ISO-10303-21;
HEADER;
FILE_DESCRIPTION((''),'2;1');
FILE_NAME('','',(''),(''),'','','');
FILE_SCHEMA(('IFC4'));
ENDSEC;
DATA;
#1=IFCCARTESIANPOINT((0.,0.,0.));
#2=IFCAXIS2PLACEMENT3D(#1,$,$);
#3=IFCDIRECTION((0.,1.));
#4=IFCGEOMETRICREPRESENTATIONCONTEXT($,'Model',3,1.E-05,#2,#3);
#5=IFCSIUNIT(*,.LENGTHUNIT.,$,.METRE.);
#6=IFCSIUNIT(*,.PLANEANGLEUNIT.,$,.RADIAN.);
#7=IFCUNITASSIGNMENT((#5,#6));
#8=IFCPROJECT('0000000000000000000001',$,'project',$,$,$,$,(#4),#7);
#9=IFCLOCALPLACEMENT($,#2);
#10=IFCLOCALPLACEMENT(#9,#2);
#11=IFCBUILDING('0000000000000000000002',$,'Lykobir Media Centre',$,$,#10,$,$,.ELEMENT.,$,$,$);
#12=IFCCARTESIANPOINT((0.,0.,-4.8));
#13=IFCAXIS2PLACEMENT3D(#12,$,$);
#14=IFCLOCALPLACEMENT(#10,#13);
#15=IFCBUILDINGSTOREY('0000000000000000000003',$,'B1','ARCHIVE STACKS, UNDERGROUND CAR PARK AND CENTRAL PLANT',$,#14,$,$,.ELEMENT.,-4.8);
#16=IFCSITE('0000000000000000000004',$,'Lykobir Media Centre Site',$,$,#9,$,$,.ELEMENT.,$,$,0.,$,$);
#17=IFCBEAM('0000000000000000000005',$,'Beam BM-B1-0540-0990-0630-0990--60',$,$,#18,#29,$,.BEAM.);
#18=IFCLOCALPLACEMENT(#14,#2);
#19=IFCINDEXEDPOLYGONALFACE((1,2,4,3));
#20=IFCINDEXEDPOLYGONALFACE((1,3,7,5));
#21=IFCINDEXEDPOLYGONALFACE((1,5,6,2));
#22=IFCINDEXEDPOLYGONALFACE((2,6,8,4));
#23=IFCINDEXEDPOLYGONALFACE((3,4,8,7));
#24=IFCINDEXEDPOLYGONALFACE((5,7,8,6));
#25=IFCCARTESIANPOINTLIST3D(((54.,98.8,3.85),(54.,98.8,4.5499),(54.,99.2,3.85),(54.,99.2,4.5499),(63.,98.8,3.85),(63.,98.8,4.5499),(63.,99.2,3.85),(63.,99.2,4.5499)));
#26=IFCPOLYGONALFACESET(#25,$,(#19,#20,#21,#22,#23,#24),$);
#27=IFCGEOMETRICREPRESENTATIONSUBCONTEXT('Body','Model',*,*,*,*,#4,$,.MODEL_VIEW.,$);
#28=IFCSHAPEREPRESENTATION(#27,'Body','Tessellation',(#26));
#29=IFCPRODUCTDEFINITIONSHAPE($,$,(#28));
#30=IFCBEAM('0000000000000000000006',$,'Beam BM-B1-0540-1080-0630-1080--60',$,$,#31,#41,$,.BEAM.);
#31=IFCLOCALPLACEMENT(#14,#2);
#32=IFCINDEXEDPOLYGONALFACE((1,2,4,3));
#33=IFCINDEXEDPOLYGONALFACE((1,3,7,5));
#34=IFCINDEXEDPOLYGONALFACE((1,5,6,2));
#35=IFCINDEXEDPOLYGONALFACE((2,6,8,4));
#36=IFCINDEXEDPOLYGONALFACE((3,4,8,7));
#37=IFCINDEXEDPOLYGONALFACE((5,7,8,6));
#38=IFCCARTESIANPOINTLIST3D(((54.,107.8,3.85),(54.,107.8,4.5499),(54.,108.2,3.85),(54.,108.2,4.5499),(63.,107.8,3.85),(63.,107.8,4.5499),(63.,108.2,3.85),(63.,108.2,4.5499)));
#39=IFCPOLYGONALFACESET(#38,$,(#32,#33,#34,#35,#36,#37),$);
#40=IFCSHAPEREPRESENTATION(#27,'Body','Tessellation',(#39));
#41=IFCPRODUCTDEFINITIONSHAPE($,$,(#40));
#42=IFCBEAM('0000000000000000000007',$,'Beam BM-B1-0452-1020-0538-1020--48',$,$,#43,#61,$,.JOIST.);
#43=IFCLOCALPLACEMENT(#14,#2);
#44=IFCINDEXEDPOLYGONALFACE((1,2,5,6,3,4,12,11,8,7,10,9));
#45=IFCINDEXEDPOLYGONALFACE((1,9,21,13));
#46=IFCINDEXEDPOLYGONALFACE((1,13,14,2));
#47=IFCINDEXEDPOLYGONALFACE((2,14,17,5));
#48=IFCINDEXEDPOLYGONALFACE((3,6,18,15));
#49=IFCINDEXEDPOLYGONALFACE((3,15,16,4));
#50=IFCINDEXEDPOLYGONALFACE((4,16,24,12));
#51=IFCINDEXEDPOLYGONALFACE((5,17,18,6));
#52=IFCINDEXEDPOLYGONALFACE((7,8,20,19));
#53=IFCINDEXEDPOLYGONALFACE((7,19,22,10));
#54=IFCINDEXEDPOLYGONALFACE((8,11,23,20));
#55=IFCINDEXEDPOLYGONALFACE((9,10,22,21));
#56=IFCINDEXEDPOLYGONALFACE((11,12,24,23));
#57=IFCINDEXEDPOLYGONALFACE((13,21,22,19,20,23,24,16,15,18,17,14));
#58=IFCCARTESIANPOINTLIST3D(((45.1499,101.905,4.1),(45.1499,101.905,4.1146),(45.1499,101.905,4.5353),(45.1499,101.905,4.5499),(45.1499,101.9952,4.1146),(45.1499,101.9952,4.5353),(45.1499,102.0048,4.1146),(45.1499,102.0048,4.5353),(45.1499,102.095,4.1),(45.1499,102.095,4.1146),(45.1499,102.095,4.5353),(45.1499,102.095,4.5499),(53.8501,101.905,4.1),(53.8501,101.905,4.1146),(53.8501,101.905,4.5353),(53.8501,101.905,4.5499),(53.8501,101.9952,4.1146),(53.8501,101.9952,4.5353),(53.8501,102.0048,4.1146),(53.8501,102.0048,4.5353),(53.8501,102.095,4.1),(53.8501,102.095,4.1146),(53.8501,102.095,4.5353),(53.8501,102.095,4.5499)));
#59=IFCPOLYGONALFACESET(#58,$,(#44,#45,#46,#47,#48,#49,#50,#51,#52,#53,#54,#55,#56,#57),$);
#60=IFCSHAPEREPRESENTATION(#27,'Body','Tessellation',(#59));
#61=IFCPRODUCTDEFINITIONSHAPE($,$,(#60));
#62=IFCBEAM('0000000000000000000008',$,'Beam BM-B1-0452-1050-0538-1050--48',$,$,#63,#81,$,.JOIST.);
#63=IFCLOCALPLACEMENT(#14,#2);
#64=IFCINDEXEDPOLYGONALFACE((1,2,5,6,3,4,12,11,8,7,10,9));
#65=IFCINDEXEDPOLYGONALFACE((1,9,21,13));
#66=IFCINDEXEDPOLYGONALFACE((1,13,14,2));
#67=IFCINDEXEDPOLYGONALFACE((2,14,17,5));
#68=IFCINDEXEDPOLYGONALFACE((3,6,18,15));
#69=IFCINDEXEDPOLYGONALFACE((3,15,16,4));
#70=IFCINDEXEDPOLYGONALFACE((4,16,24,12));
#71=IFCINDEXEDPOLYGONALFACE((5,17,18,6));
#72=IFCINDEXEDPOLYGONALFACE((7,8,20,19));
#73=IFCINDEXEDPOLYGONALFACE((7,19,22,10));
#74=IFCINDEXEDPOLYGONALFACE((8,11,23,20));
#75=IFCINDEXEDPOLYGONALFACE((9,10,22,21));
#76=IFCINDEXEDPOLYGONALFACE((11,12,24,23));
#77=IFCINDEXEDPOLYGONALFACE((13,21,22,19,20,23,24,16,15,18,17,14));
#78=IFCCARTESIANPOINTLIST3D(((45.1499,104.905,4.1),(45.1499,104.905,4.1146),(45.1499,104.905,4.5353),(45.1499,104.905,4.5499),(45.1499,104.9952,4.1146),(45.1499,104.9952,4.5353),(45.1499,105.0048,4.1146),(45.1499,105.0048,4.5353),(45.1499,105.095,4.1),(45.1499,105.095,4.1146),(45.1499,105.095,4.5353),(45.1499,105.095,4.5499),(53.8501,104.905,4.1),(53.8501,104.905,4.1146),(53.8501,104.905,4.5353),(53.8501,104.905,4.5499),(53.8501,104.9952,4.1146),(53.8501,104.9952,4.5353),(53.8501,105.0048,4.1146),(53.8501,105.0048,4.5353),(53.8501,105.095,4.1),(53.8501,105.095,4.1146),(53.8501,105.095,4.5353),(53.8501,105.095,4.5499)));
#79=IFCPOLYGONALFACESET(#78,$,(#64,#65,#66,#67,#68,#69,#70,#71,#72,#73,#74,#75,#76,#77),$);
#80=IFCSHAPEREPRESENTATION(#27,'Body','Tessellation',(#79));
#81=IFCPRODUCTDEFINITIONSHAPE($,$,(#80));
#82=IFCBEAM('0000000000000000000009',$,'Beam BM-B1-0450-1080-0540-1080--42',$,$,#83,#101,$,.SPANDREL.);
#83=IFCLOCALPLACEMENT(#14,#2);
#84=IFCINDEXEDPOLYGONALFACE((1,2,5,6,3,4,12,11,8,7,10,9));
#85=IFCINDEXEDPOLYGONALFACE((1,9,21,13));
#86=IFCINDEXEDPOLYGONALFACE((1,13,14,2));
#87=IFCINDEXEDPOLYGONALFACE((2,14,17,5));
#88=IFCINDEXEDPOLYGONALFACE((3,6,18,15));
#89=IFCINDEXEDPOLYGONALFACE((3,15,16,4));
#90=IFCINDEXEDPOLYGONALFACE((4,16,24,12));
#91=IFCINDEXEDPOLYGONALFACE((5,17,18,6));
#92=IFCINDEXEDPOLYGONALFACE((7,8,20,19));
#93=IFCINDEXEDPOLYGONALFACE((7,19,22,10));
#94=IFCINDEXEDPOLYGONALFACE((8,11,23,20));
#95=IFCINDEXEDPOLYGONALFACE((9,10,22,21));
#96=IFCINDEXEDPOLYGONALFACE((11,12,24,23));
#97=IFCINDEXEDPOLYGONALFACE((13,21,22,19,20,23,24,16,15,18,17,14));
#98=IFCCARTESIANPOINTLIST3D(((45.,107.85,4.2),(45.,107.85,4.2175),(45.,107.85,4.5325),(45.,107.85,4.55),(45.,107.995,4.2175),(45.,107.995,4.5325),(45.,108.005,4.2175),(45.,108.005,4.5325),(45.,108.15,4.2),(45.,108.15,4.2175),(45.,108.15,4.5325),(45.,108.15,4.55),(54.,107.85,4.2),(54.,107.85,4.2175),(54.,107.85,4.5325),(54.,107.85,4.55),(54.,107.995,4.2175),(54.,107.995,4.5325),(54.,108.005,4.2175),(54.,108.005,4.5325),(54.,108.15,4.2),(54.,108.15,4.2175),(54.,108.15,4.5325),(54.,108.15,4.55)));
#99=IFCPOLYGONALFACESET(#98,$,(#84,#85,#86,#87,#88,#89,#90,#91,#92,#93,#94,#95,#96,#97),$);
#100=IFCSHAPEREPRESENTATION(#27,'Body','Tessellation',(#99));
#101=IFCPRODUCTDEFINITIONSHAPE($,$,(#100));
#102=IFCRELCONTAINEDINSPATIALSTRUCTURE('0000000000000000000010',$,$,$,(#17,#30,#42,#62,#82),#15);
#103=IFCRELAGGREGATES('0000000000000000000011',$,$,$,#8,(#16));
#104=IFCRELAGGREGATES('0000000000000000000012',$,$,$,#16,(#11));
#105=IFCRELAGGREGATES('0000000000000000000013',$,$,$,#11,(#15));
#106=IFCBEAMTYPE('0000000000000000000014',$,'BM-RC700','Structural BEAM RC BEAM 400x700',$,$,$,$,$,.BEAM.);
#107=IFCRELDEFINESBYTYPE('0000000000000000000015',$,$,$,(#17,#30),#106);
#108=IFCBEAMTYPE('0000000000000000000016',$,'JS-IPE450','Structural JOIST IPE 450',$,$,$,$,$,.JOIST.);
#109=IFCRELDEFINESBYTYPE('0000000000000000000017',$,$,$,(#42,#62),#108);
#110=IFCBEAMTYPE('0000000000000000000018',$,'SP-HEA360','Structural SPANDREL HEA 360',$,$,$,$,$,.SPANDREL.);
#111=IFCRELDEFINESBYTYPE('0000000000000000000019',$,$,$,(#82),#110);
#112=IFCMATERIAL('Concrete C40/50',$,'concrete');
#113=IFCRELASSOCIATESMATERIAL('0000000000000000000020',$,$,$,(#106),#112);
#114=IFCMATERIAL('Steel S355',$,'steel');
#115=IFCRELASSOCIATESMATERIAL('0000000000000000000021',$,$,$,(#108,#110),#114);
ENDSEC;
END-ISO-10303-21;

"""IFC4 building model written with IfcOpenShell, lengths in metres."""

from ifc_helpers import new_model, si_unit, direction, frame, origin, origin_2d, place, context, subcontext, project, spatial, rectangle, i_section, extrude, material, material_profile, profile_set, type_object, element, save


model = new_model("IFC4")

# Units and contexts
model_context = context("Model", 3, precision=1e-05, world=origin(), true_north=direction((0.0, 1.0)))
body_context = subcontext(model_context, "Body", "Model", "MODEL_VIEW")
ifc_project = project(units=[si_unit("LENGTHUNIT", "METRE"), si_unit("PLANEANGLEUNIT", "RADIAN")], contexts=[model_context])

# Site, building, storey
site_placement = place(None, origin())
site = spatial("IfcSite", under=ifc_project, at=site_placement, Name="Lykobir Media Centre Site", CompositionType="ELEMENT", RefElevation=0.0)
building_placement = place(site_placement, origin())
building = spatial("IfcBuilding", under=site, at=building_placement, Name="Lykobir Media Centre", CompositionType="ELEMENT")
storey_placement = place(building_placement, frame((0.0, 0.0, -4.8)))
storey = spatial("IfcBuildingStorey", under=building, at=storey_placement, Name="B1", Description="ARCHIVE STACKS, UNDERGROUND CAR PARK AND CENTRAL PLANT", CompositionType="ELEMENT", Elevation=-4.8)

# Shared definitions
ifc_material_1 = material(Name="Concrete C40/50", Category="concrete")
ifc_material_2 = material(Name="Steel S355", Category="steel")

# Beams
ifc_material_profile_1 = material_profile(ifc_material_1, rectangle(XDim=0.3999, YDim=0.7, at=origin_2d()), Name="RC BEAM 400x700")
ifc_profile_set_1 = profile_set([ifc_material_profile_1], Name="Concrete C40/50")
beam_type_1 = type_object("IfcBeamType", Name="BM-RC700", Description="Structural BEAM RC BEAM 400x700", PredefinedType="BEAM", material=ifc_profile_set_1)
for number, where, z_axis, x_axis, name in (
    (1, (54.0, 99.0, 4.2), (1.0, 0.0, 0.0), (0.0, 1.0, 0.0), "Beam BM-B1-0540-0990-0630-0990--60"),
    (2, (54.0, 108.0, 4.2), (1.0, 0.0, 0.0), (0.0, 1.0, 0.0), "Beam BM-B1-0540-1080-0630-1080--60"),
):
    element("IfcBeam", number, at=place(storey_placement, frame(where, z_axis=z_axis, x_axis=x_axis)), inside=storey, type_object=beam_type_1, Name=name, PredefinedType="BEAM", context=body_context, shape_type="SweptSolid", body=[
        extrude(rectangle(XDim=0.3999, YDim=0.7, at=origin_2d()), origin(), (0.0, 0.0, 1.0), 9.0),
    ])
ifc_material_profile_2 = material_profile(ifc_material_2, i_section(OverallWidth=0.1899, OverallDepth=0.45, WebThickness=0.0095, FlangeThickness=0.0146, at=origin_2d()), Name="IPE 450")
ifc_profile_set_2 = profile_set([ifc_material_profile_2], Name="Steel S355")
beam_type_2 = type_object("IfcBeamType", Name="JS-IPE450", Description="Structural JOIST IPE 450", PredefinedType="JOIST", material=ifc_profile_set_2)
for number, where, z_axis, x_axis, name in (
    (3, (45.1499, 102.0, 4.325), (1.0, 0.0, 0.0), (0.0, 1.0, 0.0), "Beam BM-B1-0452-1020-0538-1020--48"),
    (4, (45.1499, 105.0, 4.325), (1.0, 0.0, 0.0), (0.0, 1.0, 0.0), "Beam BM-B1-0452-1050-0538-1050--48"),
):
    element("IfcBeam", number, at=place(storey_placement, frame(where, z_axis=z_axis, x_axis=x_axis)), inside=storey, type_object=beam_type_2, Name=name, PredefinedType="JOIST", context=body_context, shape_type="SweptSolid", body=[
        extrude(i_section(OverallWidth=0.1899, OverallDepth=0.45, WebThickness=0.0095, FlangeThickness=0.0146, at=origin_2d()), origin(), (0.0, 0.0, 1.0), 8.7002),
    ])
ifc_material_profile_3 = material_profile(ifc_material_2, i_section(OverallWidth=0.3, OverallDepth=0.3501, WebThickness=0.01, FlangeThickness=0.0176, at=origin_2d()), Name="HEA 360")
ifc_profile_set_3 = profile_set([ifc_material_profile_3], Name="Steel S355")
beam_type_3 = type_object("IfcBeamType", Name="SP-HEA360", Description="Structural SPANDREL HEA 360", PredefinedType="SPANDREL", material=ifc_profile_set_3)
beam_1_placement = place(storey_placement, frame((45.0, 108.0, 4.375), z_axis=(1.0, 0.0, 0.0), x_axis=(0.0, 1.0, 0.0)))
element("IfcBeam", 5, at=beam_1_placement, inside=storey, type_object=beam_type_3, Name="Beam BM-B1-0450-1080-0540-1080--42", PredefinedType="SPANDREL", context=body_context, shape_type="SweptSolid", body=[
    extrude(i_section(OverallWidth=0.3, OverallDepth=0.3501, WebThickness=0.01, FlangeThickness=0.0176, at=origin_2d()), origin(), (0.0, 0.0, 1.0), 9.0),
])

save(model, "model.ifc")
